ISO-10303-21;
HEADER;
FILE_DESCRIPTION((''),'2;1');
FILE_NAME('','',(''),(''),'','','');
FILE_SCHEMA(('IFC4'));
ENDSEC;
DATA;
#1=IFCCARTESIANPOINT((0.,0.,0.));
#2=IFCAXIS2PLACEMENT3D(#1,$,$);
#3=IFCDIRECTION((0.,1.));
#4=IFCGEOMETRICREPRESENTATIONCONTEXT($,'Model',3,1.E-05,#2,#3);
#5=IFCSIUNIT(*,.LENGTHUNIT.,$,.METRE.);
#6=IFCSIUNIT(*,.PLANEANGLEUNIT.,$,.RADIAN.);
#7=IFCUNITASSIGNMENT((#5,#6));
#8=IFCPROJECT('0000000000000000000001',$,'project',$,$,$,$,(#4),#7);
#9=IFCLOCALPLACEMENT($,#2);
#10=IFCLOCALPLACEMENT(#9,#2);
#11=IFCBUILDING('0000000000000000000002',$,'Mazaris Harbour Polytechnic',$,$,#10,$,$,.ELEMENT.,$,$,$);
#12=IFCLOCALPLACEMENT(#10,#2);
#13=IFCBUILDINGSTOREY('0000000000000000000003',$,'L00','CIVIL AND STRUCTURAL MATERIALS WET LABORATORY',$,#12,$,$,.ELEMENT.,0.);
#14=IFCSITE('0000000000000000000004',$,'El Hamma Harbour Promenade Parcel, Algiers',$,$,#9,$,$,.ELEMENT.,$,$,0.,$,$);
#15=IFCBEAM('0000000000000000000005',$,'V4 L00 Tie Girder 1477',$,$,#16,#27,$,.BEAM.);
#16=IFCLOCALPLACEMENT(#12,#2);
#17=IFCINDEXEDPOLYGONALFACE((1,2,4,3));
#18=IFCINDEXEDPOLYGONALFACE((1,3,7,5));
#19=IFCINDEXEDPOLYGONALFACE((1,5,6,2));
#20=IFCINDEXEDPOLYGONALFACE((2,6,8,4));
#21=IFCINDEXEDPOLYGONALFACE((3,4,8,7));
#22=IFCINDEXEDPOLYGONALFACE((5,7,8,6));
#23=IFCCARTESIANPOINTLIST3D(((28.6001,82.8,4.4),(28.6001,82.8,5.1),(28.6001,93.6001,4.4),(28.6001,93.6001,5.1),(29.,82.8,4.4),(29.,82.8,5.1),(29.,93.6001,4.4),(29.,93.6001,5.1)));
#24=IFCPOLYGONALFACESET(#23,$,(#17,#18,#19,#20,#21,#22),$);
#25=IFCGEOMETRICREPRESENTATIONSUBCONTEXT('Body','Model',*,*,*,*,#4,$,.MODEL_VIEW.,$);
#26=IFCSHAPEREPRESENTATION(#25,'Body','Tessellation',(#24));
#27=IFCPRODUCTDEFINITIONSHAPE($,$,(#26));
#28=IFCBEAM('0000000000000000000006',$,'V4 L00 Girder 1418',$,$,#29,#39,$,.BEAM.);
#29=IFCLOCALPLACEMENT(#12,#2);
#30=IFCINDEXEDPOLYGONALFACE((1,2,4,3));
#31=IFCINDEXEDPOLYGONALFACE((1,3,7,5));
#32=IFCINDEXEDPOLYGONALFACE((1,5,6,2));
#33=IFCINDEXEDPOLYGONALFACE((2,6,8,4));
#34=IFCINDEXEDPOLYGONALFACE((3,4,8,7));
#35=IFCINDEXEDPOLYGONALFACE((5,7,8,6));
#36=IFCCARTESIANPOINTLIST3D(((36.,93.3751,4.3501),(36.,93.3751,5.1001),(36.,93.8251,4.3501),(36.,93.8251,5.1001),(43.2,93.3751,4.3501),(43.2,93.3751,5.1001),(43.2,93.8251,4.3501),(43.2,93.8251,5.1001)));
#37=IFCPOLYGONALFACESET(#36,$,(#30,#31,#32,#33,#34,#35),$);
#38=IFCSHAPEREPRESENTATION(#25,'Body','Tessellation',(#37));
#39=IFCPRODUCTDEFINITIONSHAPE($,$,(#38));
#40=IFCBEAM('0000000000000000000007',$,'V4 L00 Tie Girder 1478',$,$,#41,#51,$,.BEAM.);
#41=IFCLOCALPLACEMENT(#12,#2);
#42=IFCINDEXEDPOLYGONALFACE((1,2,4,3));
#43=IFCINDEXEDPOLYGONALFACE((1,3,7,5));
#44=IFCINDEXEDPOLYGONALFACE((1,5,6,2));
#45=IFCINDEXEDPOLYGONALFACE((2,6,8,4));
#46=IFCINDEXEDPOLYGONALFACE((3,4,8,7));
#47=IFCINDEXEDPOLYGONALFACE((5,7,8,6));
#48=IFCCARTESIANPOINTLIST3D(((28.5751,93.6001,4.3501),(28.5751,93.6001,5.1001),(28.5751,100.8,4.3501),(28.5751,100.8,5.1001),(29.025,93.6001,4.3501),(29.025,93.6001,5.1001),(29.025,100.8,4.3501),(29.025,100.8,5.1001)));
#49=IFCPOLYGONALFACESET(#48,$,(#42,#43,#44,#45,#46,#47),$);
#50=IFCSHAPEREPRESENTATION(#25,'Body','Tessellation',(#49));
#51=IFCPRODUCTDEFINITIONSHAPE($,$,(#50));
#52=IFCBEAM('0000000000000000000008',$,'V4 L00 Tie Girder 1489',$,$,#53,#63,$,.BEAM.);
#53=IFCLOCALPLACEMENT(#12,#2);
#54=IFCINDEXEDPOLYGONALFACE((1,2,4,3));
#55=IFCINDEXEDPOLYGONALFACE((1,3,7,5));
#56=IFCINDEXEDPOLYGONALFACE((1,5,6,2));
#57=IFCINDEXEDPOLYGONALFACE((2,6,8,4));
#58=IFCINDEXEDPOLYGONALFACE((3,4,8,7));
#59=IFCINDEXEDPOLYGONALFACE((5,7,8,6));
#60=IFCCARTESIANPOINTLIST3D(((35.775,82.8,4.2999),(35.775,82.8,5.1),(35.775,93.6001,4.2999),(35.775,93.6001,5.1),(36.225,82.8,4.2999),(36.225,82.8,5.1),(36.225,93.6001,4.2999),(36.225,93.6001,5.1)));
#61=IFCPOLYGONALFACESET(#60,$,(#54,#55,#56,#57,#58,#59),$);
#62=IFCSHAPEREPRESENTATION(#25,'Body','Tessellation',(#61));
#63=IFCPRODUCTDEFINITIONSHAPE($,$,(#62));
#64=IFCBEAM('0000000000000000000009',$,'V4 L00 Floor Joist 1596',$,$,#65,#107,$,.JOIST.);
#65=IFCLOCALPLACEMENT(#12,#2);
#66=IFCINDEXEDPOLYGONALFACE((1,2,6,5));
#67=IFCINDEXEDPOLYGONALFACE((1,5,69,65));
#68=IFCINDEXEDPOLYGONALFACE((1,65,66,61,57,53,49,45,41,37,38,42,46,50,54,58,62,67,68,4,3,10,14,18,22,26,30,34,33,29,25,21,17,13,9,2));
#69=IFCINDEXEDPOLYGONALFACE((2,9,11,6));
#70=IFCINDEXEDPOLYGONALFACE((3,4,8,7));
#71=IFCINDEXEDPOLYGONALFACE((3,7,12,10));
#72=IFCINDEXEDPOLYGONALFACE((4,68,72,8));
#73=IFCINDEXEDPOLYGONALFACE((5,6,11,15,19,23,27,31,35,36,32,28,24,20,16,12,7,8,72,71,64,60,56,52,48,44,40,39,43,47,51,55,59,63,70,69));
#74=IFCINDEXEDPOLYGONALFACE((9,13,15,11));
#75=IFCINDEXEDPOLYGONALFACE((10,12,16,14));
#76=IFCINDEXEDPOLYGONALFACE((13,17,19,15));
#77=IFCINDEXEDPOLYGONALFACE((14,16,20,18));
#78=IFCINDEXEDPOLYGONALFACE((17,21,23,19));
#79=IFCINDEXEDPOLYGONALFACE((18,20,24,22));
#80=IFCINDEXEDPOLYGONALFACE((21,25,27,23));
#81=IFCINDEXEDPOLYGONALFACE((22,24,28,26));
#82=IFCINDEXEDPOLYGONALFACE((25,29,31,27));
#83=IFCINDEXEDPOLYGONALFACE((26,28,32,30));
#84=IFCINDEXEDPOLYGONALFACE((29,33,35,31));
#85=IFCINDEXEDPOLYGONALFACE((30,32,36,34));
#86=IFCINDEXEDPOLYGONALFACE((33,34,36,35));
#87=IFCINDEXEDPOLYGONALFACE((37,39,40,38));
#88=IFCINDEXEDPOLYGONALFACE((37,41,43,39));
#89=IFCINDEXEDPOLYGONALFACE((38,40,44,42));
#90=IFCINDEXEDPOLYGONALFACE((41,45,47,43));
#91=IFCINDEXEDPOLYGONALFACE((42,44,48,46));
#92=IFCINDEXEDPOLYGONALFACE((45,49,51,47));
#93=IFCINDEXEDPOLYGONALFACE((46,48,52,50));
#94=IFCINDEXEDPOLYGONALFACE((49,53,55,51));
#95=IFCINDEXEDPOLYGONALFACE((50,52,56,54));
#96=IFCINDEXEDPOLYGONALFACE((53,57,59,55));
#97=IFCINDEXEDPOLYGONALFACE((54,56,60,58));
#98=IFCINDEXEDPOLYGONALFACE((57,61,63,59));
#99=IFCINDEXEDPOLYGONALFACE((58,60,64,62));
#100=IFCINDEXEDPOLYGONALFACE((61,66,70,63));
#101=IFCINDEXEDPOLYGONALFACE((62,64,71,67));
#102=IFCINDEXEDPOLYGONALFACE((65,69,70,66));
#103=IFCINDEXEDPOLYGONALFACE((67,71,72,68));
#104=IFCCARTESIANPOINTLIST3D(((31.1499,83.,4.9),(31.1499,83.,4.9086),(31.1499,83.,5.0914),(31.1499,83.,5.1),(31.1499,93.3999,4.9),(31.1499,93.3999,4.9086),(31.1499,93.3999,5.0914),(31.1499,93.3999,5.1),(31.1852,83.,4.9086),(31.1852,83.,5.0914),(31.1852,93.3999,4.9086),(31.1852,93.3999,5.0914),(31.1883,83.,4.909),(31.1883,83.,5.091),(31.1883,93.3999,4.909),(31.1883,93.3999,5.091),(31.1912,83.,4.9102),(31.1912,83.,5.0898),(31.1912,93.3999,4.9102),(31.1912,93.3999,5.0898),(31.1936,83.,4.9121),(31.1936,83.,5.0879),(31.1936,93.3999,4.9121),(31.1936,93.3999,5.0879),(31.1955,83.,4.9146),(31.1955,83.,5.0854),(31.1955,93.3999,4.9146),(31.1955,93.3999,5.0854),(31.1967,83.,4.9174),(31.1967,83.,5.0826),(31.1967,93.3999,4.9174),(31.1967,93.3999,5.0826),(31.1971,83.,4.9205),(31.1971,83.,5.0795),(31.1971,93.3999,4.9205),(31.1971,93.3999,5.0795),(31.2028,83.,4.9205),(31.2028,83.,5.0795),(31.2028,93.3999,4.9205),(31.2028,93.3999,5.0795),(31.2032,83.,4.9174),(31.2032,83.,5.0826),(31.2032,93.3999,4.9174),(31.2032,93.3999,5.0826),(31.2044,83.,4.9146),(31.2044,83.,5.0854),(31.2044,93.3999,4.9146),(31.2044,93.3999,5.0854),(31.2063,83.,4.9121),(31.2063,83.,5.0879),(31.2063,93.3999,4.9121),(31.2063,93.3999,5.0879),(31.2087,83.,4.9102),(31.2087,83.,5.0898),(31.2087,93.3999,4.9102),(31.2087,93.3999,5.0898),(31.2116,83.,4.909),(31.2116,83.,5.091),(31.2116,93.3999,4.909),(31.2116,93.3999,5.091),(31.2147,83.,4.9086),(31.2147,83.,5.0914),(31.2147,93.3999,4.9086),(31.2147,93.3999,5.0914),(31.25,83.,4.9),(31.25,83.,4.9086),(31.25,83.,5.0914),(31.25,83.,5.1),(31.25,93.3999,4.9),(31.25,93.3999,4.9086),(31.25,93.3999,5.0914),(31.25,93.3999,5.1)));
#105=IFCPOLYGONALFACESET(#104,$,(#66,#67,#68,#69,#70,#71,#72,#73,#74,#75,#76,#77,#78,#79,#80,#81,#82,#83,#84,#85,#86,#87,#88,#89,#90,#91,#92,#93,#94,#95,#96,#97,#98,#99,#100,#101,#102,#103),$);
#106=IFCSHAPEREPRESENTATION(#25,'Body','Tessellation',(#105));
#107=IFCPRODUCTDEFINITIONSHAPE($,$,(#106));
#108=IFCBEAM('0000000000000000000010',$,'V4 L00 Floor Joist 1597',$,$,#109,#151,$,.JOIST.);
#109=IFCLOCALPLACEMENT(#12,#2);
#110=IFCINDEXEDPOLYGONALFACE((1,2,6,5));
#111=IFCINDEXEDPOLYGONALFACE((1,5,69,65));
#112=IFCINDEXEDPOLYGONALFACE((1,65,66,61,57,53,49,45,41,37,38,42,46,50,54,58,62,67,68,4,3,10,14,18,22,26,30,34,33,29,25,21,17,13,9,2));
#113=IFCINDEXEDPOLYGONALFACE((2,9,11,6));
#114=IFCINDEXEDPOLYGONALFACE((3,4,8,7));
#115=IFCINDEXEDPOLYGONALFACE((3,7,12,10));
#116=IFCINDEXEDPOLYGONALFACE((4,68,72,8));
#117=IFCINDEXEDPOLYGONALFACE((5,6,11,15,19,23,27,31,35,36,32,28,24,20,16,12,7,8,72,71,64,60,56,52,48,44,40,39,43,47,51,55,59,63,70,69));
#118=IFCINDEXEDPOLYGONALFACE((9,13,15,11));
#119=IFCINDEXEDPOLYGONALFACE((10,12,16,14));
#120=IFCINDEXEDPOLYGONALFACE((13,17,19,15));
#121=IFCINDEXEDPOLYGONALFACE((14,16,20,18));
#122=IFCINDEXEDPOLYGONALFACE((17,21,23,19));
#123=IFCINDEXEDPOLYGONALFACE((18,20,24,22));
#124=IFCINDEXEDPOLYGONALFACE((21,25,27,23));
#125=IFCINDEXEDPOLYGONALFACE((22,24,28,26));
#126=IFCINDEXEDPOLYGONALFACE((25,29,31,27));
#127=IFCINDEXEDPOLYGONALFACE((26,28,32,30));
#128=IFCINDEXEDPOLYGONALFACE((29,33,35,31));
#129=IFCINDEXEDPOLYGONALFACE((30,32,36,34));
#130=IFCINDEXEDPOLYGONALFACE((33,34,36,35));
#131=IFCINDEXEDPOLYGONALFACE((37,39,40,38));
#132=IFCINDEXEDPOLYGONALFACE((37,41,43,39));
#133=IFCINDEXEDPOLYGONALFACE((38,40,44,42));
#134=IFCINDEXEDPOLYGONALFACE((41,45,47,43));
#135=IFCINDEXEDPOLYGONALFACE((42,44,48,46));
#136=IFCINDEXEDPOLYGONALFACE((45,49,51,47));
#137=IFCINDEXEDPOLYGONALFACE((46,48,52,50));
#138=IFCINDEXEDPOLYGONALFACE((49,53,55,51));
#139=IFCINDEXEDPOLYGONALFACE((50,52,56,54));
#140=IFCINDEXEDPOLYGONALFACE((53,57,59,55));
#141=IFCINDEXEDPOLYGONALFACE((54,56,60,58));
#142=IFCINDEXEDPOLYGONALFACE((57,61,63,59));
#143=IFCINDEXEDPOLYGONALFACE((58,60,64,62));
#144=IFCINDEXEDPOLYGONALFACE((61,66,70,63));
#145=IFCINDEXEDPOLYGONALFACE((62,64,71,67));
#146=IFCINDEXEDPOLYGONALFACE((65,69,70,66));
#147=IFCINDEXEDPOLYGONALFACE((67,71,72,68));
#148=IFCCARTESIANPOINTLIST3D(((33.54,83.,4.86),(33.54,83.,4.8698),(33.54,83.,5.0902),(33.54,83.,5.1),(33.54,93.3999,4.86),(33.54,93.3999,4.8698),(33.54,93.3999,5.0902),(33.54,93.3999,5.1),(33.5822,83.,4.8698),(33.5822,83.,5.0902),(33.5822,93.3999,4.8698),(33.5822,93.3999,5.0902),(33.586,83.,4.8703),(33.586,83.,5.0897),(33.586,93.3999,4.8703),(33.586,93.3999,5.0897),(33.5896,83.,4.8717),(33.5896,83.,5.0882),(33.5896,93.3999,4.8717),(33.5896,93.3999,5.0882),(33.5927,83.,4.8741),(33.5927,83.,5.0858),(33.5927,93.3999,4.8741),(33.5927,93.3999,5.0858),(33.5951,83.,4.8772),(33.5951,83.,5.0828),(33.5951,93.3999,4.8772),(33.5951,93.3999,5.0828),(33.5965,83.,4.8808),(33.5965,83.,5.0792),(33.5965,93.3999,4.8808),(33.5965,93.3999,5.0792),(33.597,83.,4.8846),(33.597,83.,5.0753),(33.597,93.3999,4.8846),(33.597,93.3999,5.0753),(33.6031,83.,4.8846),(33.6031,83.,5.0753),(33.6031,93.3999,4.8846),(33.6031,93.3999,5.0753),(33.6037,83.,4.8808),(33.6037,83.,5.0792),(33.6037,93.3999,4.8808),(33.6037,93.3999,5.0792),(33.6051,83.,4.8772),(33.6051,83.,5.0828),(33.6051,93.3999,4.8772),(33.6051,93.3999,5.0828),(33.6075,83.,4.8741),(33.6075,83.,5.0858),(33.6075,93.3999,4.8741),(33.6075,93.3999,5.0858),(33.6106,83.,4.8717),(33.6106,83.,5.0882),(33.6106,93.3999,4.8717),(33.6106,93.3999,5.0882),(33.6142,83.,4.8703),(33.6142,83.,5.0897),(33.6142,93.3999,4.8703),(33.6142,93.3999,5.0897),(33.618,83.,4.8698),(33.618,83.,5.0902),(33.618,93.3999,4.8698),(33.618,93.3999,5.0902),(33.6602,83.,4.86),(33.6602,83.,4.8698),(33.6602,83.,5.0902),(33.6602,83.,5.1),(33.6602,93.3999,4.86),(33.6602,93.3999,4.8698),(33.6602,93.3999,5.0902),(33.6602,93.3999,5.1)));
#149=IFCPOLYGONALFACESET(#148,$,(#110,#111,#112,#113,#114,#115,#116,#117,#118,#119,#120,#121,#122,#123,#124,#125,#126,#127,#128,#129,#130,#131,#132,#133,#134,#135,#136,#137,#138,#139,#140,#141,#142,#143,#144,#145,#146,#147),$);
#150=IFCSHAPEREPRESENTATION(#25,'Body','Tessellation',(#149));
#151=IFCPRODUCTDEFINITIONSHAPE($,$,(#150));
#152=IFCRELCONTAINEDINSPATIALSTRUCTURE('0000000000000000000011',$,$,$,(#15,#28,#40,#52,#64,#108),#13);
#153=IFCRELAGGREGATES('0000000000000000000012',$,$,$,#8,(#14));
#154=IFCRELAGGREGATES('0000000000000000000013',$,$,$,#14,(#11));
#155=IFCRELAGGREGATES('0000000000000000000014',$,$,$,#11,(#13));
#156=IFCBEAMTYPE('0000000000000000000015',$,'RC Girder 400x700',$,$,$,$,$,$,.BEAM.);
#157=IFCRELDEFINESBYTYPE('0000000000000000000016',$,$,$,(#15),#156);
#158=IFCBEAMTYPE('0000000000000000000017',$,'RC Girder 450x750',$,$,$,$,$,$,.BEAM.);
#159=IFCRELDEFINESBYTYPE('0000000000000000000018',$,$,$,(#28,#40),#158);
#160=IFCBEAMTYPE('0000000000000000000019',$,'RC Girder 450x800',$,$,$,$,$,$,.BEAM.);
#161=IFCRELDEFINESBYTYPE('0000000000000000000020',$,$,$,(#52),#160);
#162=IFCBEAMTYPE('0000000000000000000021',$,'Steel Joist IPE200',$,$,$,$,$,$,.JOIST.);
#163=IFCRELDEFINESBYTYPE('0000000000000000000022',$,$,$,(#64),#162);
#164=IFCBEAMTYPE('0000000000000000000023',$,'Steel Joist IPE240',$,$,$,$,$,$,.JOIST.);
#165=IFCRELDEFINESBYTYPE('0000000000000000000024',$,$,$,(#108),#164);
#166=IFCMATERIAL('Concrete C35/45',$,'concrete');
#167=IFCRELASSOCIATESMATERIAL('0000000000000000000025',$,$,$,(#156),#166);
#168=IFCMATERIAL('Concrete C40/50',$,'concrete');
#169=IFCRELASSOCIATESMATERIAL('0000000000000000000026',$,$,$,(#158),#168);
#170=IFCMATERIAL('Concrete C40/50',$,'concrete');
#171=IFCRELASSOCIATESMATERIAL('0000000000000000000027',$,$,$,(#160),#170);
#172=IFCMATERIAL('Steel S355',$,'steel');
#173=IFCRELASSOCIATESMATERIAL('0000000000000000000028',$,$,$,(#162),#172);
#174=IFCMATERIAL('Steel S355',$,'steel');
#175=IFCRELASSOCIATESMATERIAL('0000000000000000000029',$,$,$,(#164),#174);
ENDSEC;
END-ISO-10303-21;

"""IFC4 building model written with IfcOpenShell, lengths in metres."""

from ifc_helpers import new_model, si_unit, direction, frame, origin, origin_2d, place, context, subcontext, project, spatial, rectangle, i_section, extrude, material, material_profile, profile_set, type_object, element, save


model = new_model("IFC4")

# Units and contexts
model_context = context("Model", 3, precision=1e-05, world=origin(), true_north=direction((0.0, 1.0)))
body_context = subcontext(model_context, "Body", "Model", "MODEL_VIEW")
ifc_project = project(units=[si_unit("LENGTHUNIT", "METRE"), si_unit("PLANEANGLEUNIT", "RADIAN")], contexts=[model_context])

# Site, building, storey
site_placement = place(None, origin())
site = spatial("IfcSite", under=ifc_project, at=site_placement, Name="El Hamma Harbour Promenade Parcel, Algiers", CompositionType="ELEMENT", RefElevation=0.0)
building_placement = place(site_placement, origin())
building = spatial("IfcBuilding", under=site, at=building_placement, Name="Mazaris Harbour Polytechnic", CompositionType="ELEMENT")
storey_placement = place(building_placement, origin())
storey = spatial("IfcBuildingStorey", under=building, at=storey_placement, Name="L00", Description="CIVIL AND STRUCTURAL MATERIALS WET LABORATORY", CompositionType="ELEMENT", Elevation=0.0)

# Beams
ifc_material_1 = material(Name="Concrete C35/45", Category="concrete")
ifc_material_profile_1 = material_profile(ifc_material_1, rectangle(XDim=0.3999, YDim=0.7, at=origin_2d()), Name="RECT400x700")
ifc_profile_set_1 = profile_set([ifc_material_profile_1], Name="Concrete C35/45")
beam_type_1 = type_object("IfcBeamType", Name="RC Girder 400x700", PredefinedType="BEAM", material=ifc_profile_set_1)
beam_1_placement = place(storey_placement, frame((28.8, 82.8, 4.75), z_axis=(0.0, 1.0, 0.0), x_axis=(-1.0, 0.0, 0.0)))
element("IfcBeam", 1, at=beam_1_placement, inside=storey, type_object=beam_type_1, Name="V4 L00 Tie Girder 1477", PredefinedType="BEAM", context=body_context, shape_type="SweptSolid", body=[
    extrude(rectangle(XDim=0.3999, YDim=0.7, at=origin_2d()), origin(), (0.0, 0.0, 1.0), 10.8),
])
ifc_material_2 = material(Name="Concrete C40/50", Category="concrete")
ifc_material_profile_2 = material_profile(ifc_material_2, rectangle(XDim=0.45, YDim=0.75, at=origin_2d()), Name="RECT450x750")
ifc_profile_set_2 = profile_set([ifc_material_profile_2], Name="Concrete C40/50")
beam_type_2 = type_object("IfcBeamType", Name="RC Girder 450x750", PredefinedType="BEAM", material=ifc_profile_set_2)
for number, where, z_axis, x_axis, name in (
    (2, (36.0, 93.6001, 4.7251), (1.0, 0.0, 0.0), (0.0, 1.0, 0.0), "V4 L00 Girder 1418"),
    (3, (28.8, 93.6001, 4.7251), (0.0, 1.0, 0.0), (-1.0, 0.0, 0.0), "V4 L00 Tie Girder 1478"),
):
    element("IfcBeam", number, at=place(storey_placement, frame(where, z_axis=z_axis, x_axis=x_axis)), inside=storey, type_object=beam_type_2, Name=name, PredefinedType="BEAM", context=body_context, shape_type="SweptSolid", body=[
        extrude(rectangle(XDim=0.45, YDim=0.75, at=origin_2d()), origin(), (0.0, 0.0, 1.0), 7.2),
    ])
ifc_material_3 = material(Name="Concrete C40/50", Category="concrete")
ifc_material_profile_3 = material_profile(ifc_material_3, rectangle(XDim=0.45, YDim=0.8, at=origin_2d()), Name="RECT450x800")
ifc_profile_set_3 = profile_set([ifc_material_profile_3], Name="Concrete C40/50")
beam_type_3 = type_object("IfcBeamType", Name="RC Girder 450x800", PredefinedType="BEAM", material=ifc_profile_set_3)
beam_2_placement = place(storey_placement, frame((36.0, 82.8, 4.7), z_axis=(0.0, 1.0, 0.0), x_axis=(-1.0, 0.0, 0.0)))
element("IfcBeam", 4, at=beam_2_placement, inside=storey, type_object=beam_type_3, Name="V4 L00 Tie Girder 1489", PredefinedType="BEAM", context=body_context, shape_type="SweptSolid", body=[
    extrude(rectangle(XDim=0.45, YDim=0.8, at=origin_2d()), origin(), (0.0, 0.0, 1.0), 10.8),
])
ifc_material_4 = material(Name="Steel S355", Category="steel")
ifc_material_profile_4 = material_profile(ifc_material_4, i_section(OverallWidth=0.1001, OverallDepth=0.2, WebThickness=0.0056, FlangeThickness=0.0085, FilletRadius=0.012, at=origin_2d()), Name="IPE 200")
ifc_profile_set_4 = profile_set([ifc_material_profile_4], Name="Steel S355")
beam_type_4 = type_object("IfcBeamType", Name="Steel Joist IPE200", PredefinedType="JOIST", material=ifc_profile_set_4)
beam_3_placement = place(storey_placement, frame((31.2, 83.0, 5.0), z_axis=(0.0, 1.0, 0.0), x_axis=(-1.0, 0.0, 0.0)))
element("IfcBeam", 5, at=beam_3_placement, inside=storey, type_object=beam_type_4, Name="V4 L00 Floor Joist 1596", PredefinedType="JOIST", context=body_context, shape_type="SweptSolid", body=[
    extrude(i_section(OverallWidth=0.1001, OverallDepth=0.2, WebThickness=0.0056, FlangeThickness=0.0085, FilletRadius=0.012, at=origin_2d()), origin(), (0.0, 0.0, 1.0), 10.3999),
])
ifc_material_5 = material(Name="Steel S355", Category="steel")
ifc_material_profile_5 = material_profile(ifc_material_5, i_section(OverallWidth=0.1201, OverallDepth=0.24, WebThickness=0.0061, FlangeThickness=0.0098, FilletRadius=0.0149, at=origin_2d()), Name="IPE 240")
ifc_profile_set_5 = profile_set([ifc_material_profile_5], Name="Steel S355")
beam_type_5 = type_object("IfcBeamType", Name="Steel Joist IPE240", PredefinedType="JOIST", material=ifc_profile_set_5)
beam_4_placement = place(storey_placement, frame((33.6001, 83.0, 4.98), z_axis=(0.0, 1.0, 0.0), x_axis=(-1.0, 0.0, 0.0)))
element("IfcBeam", 6, at=beam_4_placement, inside=storey, type_object=beam_type_5, Name="V4 L00 Floor Joist 1597", PredefinedType="JOIST", context=body_context, shape_type="SweptSolid", body=[
    extrude(i_section(OverallWidth=0.1201, OverallDepth=0.24, WebThickness=0.0061, FlangeThickness=0.0098, FilletRadius=0.0149, at=origin_2d()), origin(), (0.0, 0.0, 1.0), 10.3999),
])

save(model, "model.ifc")
